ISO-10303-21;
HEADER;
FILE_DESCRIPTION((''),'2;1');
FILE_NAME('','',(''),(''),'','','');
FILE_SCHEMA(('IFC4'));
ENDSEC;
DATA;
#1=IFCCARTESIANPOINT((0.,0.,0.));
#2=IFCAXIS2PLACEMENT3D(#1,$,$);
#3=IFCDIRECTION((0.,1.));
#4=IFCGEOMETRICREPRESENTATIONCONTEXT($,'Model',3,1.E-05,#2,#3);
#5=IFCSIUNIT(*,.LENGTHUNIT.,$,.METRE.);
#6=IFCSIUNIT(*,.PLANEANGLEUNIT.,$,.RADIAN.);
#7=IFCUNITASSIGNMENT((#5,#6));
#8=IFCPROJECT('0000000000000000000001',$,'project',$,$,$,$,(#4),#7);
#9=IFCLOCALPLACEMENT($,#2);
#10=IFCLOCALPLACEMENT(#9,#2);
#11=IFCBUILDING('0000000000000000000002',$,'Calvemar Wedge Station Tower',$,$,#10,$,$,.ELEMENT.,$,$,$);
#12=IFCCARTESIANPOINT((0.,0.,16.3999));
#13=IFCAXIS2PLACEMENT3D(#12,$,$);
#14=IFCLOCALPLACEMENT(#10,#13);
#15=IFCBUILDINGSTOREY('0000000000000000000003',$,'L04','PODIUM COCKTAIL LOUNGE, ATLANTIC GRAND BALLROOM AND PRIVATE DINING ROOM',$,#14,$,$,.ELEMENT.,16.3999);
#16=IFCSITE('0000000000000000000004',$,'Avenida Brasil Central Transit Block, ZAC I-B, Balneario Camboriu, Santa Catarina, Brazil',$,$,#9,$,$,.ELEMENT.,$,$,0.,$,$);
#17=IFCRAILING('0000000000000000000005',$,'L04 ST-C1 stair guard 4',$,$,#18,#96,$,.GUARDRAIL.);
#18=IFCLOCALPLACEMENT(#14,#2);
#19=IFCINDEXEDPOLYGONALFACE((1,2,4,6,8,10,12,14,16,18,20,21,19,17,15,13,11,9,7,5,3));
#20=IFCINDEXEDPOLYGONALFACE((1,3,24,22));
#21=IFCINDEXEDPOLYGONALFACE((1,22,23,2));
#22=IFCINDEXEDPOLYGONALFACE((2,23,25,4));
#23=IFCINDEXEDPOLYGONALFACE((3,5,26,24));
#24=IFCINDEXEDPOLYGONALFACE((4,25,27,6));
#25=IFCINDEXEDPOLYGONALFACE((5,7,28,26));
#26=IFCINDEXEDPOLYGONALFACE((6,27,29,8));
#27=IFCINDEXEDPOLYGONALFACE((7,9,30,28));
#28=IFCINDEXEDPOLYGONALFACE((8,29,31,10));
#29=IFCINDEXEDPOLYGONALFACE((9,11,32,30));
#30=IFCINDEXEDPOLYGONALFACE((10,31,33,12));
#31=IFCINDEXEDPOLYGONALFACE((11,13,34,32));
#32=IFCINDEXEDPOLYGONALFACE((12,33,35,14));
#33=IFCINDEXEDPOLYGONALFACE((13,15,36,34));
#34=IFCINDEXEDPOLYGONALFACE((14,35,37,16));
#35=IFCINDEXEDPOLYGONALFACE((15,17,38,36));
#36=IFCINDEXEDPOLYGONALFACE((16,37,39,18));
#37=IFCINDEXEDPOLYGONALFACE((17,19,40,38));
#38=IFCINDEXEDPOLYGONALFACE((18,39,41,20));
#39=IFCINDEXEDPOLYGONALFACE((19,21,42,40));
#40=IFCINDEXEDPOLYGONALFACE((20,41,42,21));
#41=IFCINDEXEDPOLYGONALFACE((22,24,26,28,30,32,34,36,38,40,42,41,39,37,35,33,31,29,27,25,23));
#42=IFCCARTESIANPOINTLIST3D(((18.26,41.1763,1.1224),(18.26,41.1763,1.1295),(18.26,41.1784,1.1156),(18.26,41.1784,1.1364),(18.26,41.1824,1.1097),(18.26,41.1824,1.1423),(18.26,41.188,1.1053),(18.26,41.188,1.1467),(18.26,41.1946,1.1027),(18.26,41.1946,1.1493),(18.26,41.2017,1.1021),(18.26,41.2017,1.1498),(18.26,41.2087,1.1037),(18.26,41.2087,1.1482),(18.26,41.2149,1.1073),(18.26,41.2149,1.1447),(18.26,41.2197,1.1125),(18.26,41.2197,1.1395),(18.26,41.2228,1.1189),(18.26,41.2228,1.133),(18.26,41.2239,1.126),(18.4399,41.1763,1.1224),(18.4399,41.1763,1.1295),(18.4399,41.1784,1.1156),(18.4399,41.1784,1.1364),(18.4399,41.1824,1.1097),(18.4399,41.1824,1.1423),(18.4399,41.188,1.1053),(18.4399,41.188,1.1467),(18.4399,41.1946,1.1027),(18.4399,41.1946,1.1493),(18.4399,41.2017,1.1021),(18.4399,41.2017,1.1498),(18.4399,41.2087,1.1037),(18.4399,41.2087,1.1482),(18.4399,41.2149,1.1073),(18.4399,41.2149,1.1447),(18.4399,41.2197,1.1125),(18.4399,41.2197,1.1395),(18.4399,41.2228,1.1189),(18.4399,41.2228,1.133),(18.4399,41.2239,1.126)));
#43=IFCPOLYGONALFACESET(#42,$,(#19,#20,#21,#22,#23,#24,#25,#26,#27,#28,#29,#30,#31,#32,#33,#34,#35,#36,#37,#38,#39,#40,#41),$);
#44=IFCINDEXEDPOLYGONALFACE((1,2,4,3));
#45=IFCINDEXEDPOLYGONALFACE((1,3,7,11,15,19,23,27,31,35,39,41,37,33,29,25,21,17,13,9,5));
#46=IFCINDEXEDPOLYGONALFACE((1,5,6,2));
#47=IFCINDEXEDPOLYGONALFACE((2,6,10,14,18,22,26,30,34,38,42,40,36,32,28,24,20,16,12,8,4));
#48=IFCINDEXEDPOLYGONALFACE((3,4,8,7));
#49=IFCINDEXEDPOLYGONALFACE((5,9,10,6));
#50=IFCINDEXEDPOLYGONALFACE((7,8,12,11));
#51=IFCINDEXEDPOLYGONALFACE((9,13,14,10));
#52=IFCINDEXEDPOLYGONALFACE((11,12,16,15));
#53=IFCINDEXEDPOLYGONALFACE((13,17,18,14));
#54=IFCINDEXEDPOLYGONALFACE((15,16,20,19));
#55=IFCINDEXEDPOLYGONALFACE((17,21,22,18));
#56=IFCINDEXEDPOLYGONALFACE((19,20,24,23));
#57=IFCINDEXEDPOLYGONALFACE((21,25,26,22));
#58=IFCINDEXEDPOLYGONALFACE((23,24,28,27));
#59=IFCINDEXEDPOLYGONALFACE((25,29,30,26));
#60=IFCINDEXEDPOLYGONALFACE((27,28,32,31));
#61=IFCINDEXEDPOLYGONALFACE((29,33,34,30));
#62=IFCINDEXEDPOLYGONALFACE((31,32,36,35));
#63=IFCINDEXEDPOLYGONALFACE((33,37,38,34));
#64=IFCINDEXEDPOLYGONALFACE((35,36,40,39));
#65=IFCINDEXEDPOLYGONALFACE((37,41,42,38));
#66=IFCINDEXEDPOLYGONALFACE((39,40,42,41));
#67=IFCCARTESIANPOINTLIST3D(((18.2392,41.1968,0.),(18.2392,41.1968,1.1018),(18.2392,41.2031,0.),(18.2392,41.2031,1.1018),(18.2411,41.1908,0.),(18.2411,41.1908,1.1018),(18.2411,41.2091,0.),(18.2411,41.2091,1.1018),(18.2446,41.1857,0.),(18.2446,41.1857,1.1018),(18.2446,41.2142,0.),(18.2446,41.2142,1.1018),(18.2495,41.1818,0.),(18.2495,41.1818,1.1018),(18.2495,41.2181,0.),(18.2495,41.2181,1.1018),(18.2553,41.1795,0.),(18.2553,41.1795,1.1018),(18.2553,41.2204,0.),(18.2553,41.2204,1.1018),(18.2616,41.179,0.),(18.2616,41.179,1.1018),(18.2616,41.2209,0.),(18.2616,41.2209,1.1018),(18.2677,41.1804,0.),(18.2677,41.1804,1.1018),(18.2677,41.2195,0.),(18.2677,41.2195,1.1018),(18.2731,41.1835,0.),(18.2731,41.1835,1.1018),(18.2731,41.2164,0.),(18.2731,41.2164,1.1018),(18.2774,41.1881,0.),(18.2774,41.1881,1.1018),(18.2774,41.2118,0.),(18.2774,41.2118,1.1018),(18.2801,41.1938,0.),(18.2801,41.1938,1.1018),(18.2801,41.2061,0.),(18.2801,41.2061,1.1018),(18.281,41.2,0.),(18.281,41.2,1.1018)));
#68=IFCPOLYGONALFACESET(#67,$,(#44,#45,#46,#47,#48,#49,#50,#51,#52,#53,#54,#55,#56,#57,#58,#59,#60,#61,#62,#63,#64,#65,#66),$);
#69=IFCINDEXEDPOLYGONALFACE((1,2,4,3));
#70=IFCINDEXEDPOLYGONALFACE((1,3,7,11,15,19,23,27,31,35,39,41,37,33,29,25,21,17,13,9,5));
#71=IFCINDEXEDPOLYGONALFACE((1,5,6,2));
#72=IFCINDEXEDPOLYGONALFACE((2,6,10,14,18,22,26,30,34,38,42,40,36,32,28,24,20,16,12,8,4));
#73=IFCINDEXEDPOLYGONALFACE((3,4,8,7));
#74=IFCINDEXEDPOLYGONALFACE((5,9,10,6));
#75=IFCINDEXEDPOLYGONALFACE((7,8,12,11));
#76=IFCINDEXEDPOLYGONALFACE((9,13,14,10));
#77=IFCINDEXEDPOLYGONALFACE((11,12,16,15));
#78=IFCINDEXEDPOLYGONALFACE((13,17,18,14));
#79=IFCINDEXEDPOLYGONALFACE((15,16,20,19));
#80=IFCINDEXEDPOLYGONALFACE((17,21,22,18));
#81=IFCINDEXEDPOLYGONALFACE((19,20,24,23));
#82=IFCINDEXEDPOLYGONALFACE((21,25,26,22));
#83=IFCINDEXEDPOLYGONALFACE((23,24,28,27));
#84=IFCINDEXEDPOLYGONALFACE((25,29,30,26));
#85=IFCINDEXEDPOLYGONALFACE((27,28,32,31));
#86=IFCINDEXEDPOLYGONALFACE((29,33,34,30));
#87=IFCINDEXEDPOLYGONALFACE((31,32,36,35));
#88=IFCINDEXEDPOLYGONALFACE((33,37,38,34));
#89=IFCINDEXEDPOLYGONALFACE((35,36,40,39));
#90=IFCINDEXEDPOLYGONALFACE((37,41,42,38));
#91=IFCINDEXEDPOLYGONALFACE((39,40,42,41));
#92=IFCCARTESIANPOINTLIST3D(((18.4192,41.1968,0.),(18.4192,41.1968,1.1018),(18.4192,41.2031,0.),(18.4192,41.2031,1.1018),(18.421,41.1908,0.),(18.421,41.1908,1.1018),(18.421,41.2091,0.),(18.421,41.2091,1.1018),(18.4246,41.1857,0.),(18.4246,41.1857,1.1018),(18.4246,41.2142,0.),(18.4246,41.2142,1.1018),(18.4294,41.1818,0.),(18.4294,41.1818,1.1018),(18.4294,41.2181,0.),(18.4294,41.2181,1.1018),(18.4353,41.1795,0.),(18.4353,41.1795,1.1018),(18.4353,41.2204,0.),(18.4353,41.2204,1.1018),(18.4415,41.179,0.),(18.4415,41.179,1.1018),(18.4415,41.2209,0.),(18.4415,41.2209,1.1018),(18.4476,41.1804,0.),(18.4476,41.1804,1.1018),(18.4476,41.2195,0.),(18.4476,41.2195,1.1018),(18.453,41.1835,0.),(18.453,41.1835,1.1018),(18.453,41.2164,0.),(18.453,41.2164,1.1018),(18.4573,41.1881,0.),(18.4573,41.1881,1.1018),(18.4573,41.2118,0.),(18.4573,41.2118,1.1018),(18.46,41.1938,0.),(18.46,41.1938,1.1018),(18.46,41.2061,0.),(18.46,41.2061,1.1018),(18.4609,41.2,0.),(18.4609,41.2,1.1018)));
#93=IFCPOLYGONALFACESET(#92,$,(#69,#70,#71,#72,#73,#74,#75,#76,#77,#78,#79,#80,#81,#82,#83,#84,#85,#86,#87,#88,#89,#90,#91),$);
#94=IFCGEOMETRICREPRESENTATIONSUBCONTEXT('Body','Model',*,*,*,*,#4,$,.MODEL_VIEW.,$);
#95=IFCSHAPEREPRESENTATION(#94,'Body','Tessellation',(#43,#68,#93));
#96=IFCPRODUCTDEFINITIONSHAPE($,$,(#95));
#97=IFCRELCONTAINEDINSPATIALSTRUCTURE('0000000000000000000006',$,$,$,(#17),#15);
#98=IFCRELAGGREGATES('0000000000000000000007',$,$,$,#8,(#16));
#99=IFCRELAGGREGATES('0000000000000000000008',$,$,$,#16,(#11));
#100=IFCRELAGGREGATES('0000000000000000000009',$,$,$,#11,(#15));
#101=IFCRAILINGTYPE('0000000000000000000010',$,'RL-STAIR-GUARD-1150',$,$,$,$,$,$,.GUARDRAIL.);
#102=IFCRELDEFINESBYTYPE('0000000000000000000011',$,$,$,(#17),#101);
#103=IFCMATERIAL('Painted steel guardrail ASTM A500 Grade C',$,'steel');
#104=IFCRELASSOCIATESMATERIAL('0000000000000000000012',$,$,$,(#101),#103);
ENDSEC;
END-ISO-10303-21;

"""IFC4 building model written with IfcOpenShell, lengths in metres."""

from ifc_helpers import new_model, si_unit, direction, frame, origin, origin_2d, place, context, subcontext, project, spatial, circle, extrude, material, type_object, element, save


model = new_model("IFC4")

# Units and contexts
model_context = context("Model", 3, precision=1e-05, world=origin(), true_north=direction((0.0, 1.0)))
body_context = subcontext(model_context, "Body", "Model", "MODEL_VIEW")
ifc_project = project(units=[si_unit("LENGTHUNIT", "METRE"), si_unit("PLANEANGLEUNIT", "RADIAN")], contexts=[model_context])

# Site, building, storey
site_placement = place(None, origin())
site = spatial("IfcSite", under=ifc_project, at=site_placement, Name="Avenida Brasil Central Transit Block, ZAC I-B, Balneario Camboriu, Santa Catarina, Brazil", CompositionType="ELEMENT", RefElevation=0.0)
building_placement = place(site_placement, origin())
building = spatial("IfcBuilding", under=site, at=building_placement, Name="Calvemar Wedge Station Tower", CompositionType="ELEMENT")
storey_placement = place(building_placement, frame((0.0, 0.0, 16.3999)))
storey = spatial("IfcBuildingStorey", under=building, at=storey_placement, Name="L04", Description="PODIUM COCKTAIL LOUNGE, ATLANTIC GRAND BALLROOM AND PRIVATE DINING ROOM", CompositionType="ELEMENT", Elevation=16.3999)

# Railing
ifc_material_1 = material(Name="Painted steel guardrail ASTM A500 Grade C", Category="steel")
railing_type_1 = type_object("IfcRailingType", Name="RL-STAIR-GUARD-1150", PredefinedType="GUARDRAIL", material=ifc_material_1)
railing_1_placement = place(storey_placement, frame((18.26, 41.2, 0.0)))
element("IfcRailing", 1, at=railing_1_placement, inside=storey, type_object=railing_type_1, Name="L04 ST-C1 stair guard 4", PredefinedType="GUARDRAIL", context=body_context, shape_type="SweptSolid", body=[
    extrude(circle(Radius=0.0239, at=origin_2d()), frame((0.0, 0.0, 1.126), z_axis=(1.0, 0.0, 0.0), x_axis=(0.0, 1.0, 0.0)), (0.0, 0.0, 1.0), 0.1799),
    extrude(circle(Radius=0.021, at=origin_2d()), origin(), (0.0, 0.0, 1.0), 1.1018),
    extrude(circle(Radius=0.021, at=origin_2d()), frame((0.1799, 0.0, 0.0)), (0.0, 0.0, 1.0), 1.1018),
])

save(model, "model.ifc")
